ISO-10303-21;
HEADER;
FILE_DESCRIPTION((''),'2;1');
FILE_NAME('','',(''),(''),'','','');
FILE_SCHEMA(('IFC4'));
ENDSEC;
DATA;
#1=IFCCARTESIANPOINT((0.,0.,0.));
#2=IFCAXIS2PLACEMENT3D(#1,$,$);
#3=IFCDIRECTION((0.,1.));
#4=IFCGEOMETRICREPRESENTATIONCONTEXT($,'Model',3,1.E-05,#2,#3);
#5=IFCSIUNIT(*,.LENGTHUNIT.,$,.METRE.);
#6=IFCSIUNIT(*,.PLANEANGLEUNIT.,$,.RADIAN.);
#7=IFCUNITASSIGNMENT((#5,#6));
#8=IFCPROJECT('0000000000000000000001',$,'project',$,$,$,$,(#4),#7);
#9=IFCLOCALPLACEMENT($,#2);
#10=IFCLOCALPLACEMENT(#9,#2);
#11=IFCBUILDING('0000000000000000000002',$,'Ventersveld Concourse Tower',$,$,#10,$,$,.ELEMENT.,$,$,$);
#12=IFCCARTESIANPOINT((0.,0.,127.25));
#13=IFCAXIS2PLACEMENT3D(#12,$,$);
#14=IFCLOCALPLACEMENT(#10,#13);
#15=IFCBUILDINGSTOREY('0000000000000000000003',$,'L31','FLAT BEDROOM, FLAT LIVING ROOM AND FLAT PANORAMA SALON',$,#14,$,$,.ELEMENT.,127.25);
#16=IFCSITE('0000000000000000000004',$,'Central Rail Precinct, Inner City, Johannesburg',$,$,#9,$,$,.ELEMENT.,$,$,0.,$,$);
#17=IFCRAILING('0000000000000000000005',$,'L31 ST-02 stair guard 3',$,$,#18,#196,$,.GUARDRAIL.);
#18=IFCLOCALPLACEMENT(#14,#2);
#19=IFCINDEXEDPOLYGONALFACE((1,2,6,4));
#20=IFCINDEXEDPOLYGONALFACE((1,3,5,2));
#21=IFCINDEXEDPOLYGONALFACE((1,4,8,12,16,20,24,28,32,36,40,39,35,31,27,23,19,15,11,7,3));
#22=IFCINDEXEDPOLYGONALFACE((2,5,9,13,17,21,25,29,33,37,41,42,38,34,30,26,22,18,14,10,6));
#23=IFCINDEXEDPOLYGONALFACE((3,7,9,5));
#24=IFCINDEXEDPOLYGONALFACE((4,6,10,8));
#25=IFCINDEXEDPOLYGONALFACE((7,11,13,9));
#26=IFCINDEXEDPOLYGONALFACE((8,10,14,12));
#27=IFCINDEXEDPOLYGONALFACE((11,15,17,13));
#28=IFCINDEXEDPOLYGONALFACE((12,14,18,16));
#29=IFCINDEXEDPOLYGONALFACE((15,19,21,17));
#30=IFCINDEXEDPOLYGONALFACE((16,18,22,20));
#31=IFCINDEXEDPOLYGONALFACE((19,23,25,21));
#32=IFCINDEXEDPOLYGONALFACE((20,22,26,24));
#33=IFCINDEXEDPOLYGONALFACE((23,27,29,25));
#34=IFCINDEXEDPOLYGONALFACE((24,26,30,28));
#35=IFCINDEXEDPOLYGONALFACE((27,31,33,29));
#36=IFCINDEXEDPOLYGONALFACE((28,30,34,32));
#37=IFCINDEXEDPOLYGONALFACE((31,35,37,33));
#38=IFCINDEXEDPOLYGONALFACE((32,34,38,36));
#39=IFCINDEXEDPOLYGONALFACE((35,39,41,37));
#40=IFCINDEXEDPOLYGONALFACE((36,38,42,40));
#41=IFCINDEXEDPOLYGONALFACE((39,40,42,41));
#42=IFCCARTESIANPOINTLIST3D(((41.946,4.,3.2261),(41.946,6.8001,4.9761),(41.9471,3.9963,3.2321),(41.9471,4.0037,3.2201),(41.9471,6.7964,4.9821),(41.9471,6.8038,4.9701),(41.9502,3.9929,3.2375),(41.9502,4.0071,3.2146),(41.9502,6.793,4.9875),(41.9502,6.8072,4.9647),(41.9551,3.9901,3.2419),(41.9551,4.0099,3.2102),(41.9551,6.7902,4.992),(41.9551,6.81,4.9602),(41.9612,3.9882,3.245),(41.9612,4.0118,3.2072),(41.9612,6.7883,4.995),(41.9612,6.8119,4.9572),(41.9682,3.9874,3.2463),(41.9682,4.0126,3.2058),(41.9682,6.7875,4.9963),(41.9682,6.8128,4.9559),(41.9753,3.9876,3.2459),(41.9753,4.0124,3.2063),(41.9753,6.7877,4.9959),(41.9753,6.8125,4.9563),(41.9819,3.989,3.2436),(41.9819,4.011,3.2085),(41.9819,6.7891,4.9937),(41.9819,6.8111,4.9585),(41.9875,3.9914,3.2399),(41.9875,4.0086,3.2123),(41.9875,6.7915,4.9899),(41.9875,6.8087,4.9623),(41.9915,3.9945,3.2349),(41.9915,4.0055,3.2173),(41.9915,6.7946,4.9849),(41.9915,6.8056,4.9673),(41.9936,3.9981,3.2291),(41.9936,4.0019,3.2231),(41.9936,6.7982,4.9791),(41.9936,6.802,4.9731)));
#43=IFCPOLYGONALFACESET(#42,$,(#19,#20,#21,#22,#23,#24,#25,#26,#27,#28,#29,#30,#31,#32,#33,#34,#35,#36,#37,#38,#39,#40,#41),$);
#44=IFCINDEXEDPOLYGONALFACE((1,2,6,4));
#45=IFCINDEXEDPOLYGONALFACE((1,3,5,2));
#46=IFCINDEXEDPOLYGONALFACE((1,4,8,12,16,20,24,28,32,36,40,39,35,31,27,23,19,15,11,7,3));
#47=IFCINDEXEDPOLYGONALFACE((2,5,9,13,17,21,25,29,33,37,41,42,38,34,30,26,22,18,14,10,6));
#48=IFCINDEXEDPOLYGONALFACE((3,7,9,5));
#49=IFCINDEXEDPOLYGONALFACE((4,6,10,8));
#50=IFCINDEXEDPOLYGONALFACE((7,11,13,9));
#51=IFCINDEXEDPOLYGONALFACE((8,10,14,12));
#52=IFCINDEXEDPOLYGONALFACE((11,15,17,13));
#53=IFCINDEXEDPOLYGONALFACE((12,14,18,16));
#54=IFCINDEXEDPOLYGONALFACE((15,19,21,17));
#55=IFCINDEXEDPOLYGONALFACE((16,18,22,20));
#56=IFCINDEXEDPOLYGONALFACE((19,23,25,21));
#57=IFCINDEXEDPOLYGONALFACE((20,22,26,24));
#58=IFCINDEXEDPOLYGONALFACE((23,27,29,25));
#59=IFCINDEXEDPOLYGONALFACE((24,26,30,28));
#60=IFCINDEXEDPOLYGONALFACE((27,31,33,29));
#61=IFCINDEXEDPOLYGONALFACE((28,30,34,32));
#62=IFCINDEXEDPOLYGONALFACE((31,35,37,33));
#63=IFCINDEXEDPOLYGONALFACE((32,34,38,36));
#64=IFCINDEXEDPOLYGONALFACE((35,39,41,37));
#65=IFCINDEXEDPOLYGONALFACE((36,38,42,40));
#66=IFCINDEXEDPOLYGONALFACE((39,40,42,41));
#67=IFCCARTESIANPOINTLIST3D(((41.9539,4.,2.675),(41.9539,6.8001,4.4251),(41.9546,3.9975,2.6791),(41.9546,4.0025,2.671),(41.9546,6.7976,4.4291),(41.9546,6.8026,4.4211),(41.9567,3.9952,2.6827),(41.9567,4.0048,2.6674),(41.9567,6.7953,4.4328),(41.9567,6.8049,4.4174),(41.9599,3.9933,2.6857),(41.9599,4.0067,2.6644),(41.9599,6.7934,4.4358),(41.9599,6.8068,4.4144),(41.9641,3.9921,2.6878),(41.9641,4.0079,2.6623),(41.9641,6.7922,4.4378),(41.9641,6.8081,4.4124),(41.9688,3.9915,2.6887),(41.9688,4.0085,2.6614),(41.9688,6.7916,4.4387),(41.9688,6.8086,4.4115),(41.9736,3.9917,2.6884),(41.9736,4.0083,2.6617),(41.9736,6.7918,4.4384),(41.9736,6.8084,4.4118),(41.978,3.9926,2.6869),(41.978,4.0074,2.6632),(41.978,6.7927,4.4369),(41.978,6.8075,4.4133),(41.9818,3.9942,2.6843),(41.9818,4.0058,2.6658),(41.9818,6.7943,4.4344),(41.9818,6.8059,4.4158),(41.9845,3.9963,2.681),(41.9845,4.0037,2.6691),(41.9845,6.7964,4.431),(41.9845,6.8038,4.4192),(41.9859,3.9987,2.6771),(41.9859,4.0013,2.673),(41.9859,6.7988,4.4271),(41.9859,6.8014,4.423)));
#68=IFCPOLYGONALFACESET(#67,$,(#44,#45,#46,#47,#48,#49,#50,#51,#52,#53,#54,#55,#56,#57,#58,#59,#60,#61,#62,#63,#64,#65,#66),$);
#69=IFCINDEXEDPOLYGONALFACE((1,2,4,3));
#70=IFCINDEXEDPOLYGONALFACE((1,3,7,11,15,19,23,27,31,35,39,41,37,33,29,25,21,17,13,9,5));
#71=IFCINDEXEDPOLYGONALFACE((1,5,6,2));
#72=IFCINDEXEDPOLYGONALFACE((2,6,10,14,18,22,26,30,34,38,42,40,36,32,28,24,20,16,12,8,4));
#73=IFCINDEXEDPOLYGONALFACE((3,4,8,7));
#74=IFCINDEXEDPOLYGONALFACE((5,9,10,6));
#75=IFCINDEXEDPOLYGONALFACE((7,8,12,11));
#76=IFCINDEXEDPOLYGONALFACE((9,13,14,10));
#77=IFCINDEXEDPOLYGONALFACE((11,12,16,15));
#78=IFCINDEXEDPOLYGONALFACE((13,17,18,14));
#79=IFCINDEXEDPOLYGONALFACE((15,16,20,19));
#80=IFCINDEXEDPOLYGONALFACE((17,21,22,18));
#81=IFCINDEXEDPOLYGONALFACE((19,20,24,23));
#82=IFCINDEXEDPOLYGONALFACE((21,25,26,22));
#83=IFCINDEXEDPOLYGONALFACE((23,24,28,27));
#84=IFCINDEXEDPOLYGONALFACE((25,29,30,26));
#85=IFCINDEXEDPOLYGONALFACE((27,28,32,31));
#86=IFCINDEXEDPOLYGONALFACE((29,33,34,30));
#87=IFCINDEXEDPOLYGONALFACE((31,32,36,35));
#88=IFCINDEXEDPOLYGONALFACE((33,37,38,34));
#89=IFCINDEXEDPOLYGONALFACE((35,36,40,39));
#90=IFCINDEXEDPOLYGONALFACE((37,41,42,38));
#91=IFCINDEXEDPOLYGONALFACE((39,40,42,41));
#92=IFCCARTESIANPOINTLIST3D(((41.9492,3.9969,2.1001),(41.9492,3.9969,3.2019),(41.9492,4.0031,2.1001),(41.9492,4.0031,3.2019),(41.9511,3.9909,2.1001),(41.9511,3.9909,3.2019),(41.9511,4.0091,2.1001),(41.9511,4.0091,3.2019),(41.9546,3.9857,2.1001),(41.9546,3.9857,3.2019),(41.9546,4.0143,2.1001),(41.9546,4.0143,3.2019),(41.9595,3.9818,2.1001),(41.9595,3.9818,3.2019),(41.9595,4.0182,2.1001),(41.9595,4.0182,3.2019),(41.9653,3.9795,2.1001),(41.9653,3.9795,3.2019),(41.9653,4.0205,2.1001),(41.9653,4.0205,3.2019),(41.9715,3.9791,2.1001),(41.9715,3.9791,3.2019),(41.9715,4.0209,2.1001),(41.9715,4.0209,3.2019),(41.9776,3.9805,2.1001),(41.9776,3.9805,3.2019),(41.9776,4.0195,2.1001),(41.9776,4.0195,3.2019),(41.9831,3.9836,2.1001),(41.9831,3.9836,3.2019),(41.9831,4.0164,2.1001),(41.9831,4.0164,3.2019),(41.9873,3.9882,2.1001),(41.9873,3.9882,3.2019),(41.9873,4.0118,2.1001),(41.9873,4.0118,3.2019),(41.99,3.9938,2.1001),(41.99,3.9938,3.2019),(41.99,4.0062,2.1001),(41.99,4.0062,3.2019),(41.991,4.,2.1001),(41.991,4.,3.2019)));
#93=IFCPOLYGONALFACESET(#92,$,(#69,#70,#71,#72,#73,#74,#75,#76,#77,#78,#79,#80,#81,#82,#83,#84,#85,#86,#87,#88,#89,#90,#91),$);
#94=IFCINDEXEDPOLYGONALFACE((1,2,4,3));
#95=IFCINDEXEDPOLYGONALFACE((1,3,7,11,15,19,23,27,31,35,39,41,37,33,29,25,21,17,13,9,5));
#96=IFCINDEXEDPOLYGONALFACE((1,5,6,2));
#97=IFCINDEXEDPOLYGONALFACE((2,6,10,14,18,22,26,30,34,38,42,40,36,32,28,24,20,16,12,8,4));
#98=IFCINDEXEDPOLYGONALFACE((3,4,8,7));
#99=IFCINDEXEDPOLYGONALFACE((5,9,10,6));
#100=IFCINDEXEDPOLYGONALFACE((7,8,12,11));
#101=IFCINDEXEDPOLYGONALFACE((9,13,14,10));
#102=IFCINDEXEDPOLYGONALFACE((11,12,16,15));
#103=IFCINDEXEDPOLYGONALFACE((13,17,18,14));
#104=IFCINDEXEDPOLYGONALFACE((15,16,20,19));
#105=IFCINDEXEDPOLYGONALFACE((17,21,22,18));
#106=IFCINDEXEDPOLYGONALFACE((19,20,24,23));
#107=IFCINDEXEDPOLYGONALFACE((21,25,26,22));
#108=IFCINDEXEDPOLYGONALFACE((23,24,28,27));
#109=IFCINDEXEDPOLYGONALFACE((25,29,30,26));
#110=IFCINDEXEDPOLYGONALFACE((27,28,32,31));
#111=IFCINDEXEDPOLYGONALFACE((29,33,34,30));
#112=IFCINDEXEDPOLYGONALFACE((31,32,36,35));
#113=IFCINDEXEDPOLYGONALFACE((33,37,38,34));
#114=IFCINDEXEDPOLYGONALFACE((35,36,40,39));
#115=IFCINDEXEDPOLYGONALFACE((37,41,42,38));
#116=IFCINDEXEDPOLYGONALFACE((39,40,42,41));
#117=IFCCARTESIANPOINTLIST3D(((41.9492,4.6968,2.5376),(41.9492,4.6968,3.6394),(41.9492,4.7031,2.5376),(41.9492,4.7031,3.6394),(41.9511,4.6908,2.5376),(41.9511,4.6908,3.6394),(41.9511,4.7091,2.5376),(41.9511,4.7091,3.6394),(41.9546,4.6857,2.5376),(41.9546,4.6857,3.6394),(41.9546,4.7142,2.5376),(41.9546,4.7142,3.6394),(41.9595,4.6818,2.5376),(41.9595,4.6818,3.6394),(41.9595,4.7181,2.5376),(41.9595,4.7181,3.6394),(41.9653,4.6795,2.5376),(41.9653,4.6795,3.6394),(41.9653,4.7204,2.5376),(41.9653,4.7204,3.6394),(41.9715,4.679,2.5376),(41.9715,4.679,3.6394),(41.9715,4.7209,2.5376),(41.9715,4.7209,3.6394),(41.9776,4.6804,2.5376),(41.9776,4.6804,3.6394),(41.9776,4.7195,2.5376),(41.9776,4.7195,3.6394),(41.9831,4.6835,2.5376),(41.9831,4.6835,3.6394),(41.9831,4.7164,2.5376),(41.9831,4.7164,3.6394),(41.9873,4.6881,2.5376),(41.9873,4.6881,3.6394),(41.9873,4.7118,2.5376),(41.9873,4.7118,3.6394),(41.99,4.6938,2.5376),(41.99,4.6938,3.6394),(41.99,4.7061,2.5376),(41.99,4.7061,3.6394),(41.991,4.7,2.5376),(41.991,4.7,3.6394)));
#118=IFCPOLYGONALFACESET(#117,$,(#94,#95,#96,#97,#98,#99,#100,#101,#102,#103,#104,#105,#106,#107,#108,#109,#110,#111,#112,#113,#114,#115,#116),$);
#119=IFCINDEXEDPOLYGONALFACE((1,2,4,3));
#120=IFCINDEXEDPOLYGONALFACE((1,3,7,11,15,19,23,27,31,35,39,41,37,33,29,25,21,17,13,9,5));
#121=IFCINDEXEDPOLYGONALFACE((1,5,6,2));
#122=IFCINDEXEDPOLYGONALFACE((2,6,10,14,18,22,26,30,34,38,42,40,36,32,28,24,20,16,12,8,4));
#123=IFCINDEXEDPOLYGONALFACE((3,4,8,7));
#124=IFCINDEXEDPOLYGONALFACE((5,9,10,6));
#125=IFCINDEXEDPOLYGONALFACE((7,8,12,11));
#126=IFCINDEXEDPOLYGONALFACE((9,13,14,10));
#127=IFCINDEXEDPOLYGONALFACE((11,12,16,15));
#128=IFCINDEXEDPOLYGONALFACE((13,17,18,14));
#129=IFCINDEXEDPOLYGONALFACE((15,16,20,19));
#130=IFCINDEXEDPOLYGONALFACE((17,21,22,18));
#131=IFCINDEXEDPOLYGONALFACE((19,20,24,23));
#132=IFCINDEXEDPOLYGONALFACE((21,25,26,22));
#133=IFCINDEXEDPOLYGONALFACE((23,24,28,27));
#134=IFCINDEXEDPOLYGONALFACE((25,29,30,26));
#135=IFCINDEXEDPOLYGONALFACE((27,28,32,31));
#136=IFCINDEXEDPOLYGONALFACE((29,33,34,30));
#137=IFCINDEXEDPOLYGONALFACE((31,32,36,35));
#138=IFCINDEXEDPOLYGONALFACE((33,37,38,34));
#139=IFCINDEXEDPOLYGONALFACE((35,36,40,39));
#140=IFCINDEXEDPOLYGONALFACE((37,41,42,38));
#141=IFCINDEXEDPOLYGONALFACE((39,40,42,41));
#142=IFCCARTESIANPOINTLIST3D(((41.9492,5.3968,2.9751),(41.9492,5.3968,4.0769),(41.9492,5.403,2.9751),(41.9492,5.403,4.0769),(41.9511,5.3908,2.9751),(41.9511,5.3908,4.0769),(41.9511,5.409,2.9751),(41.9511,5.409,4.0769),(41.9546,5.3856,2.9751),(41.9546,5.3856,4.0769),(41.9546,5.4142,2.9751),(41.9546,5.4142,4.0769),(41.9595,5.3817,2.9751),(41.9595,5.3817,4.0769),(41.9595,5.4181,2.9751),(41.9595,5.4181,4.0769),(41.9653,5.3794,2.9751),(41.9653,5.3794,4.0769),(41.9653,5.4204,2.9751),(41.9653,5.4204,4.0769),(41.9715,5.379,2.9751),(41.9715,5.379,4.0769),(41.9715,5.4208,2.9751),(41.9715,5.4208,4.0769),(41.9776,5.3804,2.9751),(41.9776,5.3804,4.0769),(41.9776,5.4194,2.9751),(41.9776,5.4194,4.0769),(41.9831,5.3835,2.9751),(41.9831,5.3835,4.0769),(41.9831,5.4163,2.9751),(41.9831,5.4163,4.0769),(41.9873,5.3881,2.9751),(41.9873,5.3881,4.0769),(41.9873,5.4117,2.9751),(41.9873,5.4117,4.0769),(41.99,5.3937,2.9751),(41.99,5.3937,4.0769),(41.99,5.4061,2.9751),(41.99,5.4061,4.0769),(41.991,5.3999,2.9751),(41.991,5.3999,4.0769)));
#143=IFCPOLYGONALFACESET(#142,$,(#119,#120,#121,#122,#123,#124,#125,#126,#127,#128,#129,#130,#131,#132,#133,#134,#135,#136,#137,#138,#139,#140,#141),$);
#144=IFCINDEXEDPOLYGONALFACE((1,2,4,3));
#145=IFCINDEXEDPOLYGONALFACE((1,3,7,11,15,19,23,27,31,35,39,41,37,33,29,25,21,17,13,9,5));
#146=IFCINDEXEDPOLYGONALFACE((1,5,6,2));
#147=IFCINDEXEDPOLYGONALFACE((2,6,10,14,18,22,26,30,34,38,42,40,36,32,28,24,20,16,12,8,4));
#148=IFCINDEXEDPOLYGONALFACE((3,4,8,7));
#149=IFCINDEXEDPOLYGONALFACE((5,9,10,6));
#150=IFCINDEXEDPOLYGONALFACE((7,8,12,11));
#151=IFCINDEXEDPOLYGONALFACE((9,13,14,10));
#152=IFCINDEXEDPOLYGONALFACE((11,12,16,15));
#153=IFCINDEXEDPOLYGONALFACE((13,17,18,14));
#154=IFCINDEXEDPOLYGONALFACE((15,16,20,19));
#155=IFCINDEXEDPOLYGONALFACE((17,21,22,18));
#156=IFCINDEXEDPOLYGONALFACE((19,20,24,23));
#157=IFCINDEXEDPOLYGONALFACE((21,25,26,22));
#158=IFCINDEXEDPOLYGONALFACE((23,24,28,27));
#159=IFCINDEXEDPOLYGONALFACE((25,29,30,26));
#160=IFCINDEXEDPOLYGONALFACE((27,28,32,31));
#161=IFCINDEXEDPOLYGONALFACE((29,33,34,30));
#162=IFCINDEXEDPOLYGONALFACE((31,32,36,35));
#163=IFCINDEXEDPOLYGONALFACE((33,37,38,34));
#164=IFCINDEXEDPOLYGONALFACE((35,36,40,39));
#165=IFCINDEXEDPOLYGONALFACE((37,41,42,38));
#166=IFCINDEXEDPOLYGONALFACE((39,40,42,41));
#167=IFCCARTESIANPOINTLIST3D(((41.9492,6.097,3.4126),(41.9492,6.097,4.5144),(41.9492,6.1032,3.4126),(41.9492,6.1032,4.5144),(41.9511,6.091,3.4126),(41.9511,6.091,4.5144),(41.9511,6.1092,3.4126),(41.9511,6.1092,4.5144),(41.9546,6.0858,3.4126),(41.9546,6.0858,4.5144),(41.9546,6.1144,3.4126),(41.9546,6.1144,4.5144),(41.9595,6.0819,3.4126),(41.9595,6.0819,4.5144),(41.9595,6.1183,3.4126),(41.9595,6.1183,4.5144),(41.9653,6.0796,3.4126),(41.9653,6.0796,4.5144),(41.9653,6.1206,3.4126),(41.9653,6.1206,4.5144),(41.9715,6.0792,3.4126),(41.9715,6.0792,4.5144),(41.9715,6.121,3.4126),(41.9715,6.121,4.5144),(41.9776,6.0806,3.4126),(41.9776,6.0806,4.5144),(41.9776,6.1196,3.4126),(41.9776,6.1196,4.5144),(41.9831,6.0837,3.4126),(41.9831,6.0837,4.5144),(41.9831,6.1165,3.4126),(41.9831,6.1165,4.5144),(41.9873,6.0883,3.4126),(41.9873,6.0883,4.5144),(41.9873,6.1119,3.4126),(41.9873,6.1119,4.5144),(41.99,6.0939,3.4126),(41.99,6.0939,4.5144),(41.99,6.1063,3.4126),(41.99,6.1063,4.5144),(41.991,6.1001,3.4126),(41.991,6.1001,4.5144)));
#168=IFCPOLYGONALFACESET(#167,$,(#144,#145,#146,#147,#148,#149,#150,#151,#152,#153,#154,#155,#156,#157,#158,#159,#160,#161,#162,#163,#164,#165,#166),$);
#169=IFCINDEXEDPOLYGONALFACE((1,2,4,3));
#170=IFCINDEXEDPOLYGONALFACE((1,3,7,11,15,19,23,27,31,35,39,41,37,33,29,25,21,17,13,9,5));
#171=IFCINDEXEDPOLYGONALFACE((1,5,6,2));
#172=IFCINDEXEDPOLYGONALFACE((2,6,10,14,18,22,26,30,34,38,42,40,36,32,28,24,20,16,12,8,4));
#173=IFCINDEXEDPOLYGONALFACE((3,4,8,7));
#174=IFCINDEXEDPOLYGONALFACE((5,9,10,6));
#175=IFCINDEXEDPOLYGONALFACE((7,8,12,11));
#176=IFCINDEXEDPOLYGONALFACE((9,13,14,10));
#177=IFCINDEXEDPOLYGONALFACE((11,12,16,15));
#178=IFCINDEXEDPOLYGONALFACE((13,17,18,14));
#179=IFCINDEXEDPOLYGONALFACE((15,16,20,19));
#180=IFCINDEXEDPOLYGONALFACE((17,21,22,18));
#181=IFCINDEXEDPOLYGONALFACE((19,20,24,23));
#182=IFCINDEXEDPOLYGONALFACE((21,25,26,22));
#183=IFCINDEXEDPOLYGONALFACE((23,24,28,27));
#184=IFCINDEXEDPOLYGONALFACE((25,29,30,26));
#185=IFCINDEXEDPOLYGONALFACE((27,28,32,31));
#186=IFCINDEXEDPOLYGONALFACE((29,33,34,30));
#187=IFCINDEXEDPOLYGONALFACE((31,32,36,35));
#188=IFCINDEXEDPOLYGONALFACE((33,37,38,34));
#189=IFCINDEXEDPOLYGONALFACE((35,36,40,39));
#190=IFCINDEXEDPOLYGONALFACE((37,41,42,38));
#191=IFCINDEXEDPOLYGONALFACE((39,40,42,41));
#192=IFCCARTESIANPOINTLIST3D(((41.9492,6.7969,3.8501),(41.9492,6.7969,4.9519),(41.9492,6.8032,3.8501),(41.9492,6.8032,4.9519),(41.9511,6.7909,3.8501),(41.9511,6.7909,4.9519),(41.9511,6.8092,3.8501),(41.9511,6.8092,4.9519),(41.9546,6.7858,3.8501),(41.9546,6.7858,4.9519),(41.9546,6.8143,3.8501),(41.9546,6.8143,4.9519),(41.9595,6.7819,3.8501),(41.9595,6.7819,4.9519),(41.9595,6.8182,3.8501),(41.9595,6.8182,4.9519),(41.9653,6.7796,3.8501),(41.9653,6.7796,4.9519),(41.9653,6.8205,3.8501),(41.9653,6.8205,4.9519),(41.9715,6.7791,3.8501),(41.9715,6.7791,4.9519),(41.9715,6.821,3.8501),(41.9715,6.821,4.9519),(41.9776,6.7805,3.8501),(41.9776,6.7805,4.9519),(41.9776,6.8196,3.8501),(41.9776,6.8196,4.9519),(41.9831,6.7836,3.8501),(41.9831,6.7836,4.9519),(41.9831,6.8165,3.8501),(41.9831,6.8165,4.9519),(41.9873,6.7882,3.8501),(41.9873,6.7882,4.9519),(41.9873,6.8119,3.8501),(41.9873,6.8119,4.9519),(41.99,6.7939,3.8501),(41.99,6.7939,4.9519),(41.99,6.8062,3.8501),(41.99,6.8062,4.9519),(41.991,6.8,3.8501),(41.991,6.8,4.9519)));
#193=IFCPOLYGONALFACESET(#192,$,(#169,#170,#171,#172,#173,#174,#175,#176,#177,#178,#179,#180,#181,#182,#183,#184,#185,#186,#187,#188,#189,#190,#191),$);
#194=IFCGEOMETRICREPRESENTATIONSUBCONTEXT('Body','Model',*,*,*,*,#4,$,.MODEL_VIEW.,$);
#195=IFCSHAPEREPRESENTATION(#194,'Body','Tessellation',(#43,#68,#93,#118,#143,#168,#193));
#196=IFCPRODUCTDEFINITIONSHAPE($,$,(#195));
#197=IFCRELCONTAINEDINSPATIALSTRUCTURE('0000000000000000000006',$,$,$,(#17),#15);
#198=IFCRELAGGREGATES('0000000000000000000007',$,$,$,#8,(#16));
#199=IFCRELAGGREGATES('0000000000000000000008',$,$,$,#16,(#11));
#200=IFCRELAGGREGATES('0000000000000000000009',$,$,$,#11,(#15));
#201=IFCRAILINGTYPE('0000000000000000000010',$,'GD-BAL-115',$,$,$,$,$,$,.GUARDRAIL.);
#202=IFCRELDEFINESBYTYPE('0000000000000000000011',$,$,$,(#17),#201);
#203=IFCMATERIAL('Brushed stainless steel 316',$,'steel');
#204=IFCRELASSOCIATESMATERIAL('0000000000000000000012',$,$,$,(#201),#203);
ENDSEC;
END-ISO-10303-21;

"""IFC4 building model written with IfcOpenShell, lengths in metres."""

from ifc_helpers import new_model, si_unit, direction, frame, origin, origin_2d, place, context, subcontext, project, spatial, circle, extrude, material, type_object, element, save


model = new_model("IFC4")

# Units and contexts
model_context = context("Model", 3, precision=1e-05, world=origin(), true_north=direction((0.0, 1.0)))
body_context = subcontext(model_context, "Body", "Model", "MODEL_VIEW")
ifc_project = project(units=[si_unit("LENGTHUNIT", "METRE"), si_unit("PLANEANGLEUNIT", "RADIAN")], contexts=[model_context])

# Site, building, storey
site_placement = place(None, origin())
site = spatial("IfcSite", under=ifc_project, at=site_placement, Name="Central Rail Precinct, Inner City, Johannesburg", CompositionType="ELEMENT", RefElevation=0.0)
building_placement = place(site_placement, origin())
building = spatial("IfcBuilding", under=site, at=building_placement, Name="Ventersveld Concourse Tower", CompositionType="ELEMENT")
storey_placement = place(building_placement, frame((0.0, 0.0, 127.25)))
storey = spatial("IfcBuildingStorey", under=building, at=storey_placement, Name="L31", Description="FLAT BEDROOM, FLAT LIVING ROOM AND FLAT PANORAMA SALON", CompositionType="ELEMENT", Elevation=127.25)

# Railing
ifc_material_1 = material(Name="Brushed stainless steel 316", Category="steel")
railing_type_1 = type_object("IfcRailingType", Name="GD-BAL-115", PredefinedType="GUARDRAIL", material=ifc_material_1)
railing_1_placement = place(storey_placement, frame((41.97, 4.0, 2.1001)))
element("IfcRailing", 1, at=railing_1_placement, inside=storey, type_object=railing_type_1, Name="L31 ST-02 stair guard 3", PredefinedType="GUARDRAIL", context=body_context, shape_type="SweptSolid", body=[
    extrude(circle(Radius=0.0239, at=origin_2d()), frame((0.0, 0.0, 1.126), z_axis=(0.0, 0.848002, 0.529992), x_axis=(-1.0, 0.0, 0.0)), (0.0, 0.0, 1.0), 3.302),
    extrude(circle(Radius=0.0161, at=origin_2d()), frame((0.0, 0.0, 0.575), z_axis=(0.0, 0.848002, 0.529992), x_axis=(-1.0, 0.0, 0.0)), (0.0, 0.0, 1.0), 3.302),
    extrude(circle(Radius=0.021, at=origin_2d()), origin(), (0.0, 0.0, 1.0), 1.1018),
    extrude(circle(Radius=0.021, at=origin_2d()), frame((0.0, 0.7, 0.4375)), (0.0, 0.0, 1.0), 1.1018),
    extrude(circle(Radius=0.021, at=origin_2d()), frame((0.0, 1.3999, 0.875)), (0.0, 0.0, 1.0), 1.1018),
    extrude(circle(Radius=0.021, at=origin_2d()), frame((0.0, 2.1001, 1.3125)), (0.0, 0.0, 1.0), 1.1018),
    extrude(circle(Radius=0.021, at=origin_2d()), frame((0.0, 2.8, 1.75)), (0.0, 0.0, 1.0), 1.1018),
])

save(model, "model.ifc")
